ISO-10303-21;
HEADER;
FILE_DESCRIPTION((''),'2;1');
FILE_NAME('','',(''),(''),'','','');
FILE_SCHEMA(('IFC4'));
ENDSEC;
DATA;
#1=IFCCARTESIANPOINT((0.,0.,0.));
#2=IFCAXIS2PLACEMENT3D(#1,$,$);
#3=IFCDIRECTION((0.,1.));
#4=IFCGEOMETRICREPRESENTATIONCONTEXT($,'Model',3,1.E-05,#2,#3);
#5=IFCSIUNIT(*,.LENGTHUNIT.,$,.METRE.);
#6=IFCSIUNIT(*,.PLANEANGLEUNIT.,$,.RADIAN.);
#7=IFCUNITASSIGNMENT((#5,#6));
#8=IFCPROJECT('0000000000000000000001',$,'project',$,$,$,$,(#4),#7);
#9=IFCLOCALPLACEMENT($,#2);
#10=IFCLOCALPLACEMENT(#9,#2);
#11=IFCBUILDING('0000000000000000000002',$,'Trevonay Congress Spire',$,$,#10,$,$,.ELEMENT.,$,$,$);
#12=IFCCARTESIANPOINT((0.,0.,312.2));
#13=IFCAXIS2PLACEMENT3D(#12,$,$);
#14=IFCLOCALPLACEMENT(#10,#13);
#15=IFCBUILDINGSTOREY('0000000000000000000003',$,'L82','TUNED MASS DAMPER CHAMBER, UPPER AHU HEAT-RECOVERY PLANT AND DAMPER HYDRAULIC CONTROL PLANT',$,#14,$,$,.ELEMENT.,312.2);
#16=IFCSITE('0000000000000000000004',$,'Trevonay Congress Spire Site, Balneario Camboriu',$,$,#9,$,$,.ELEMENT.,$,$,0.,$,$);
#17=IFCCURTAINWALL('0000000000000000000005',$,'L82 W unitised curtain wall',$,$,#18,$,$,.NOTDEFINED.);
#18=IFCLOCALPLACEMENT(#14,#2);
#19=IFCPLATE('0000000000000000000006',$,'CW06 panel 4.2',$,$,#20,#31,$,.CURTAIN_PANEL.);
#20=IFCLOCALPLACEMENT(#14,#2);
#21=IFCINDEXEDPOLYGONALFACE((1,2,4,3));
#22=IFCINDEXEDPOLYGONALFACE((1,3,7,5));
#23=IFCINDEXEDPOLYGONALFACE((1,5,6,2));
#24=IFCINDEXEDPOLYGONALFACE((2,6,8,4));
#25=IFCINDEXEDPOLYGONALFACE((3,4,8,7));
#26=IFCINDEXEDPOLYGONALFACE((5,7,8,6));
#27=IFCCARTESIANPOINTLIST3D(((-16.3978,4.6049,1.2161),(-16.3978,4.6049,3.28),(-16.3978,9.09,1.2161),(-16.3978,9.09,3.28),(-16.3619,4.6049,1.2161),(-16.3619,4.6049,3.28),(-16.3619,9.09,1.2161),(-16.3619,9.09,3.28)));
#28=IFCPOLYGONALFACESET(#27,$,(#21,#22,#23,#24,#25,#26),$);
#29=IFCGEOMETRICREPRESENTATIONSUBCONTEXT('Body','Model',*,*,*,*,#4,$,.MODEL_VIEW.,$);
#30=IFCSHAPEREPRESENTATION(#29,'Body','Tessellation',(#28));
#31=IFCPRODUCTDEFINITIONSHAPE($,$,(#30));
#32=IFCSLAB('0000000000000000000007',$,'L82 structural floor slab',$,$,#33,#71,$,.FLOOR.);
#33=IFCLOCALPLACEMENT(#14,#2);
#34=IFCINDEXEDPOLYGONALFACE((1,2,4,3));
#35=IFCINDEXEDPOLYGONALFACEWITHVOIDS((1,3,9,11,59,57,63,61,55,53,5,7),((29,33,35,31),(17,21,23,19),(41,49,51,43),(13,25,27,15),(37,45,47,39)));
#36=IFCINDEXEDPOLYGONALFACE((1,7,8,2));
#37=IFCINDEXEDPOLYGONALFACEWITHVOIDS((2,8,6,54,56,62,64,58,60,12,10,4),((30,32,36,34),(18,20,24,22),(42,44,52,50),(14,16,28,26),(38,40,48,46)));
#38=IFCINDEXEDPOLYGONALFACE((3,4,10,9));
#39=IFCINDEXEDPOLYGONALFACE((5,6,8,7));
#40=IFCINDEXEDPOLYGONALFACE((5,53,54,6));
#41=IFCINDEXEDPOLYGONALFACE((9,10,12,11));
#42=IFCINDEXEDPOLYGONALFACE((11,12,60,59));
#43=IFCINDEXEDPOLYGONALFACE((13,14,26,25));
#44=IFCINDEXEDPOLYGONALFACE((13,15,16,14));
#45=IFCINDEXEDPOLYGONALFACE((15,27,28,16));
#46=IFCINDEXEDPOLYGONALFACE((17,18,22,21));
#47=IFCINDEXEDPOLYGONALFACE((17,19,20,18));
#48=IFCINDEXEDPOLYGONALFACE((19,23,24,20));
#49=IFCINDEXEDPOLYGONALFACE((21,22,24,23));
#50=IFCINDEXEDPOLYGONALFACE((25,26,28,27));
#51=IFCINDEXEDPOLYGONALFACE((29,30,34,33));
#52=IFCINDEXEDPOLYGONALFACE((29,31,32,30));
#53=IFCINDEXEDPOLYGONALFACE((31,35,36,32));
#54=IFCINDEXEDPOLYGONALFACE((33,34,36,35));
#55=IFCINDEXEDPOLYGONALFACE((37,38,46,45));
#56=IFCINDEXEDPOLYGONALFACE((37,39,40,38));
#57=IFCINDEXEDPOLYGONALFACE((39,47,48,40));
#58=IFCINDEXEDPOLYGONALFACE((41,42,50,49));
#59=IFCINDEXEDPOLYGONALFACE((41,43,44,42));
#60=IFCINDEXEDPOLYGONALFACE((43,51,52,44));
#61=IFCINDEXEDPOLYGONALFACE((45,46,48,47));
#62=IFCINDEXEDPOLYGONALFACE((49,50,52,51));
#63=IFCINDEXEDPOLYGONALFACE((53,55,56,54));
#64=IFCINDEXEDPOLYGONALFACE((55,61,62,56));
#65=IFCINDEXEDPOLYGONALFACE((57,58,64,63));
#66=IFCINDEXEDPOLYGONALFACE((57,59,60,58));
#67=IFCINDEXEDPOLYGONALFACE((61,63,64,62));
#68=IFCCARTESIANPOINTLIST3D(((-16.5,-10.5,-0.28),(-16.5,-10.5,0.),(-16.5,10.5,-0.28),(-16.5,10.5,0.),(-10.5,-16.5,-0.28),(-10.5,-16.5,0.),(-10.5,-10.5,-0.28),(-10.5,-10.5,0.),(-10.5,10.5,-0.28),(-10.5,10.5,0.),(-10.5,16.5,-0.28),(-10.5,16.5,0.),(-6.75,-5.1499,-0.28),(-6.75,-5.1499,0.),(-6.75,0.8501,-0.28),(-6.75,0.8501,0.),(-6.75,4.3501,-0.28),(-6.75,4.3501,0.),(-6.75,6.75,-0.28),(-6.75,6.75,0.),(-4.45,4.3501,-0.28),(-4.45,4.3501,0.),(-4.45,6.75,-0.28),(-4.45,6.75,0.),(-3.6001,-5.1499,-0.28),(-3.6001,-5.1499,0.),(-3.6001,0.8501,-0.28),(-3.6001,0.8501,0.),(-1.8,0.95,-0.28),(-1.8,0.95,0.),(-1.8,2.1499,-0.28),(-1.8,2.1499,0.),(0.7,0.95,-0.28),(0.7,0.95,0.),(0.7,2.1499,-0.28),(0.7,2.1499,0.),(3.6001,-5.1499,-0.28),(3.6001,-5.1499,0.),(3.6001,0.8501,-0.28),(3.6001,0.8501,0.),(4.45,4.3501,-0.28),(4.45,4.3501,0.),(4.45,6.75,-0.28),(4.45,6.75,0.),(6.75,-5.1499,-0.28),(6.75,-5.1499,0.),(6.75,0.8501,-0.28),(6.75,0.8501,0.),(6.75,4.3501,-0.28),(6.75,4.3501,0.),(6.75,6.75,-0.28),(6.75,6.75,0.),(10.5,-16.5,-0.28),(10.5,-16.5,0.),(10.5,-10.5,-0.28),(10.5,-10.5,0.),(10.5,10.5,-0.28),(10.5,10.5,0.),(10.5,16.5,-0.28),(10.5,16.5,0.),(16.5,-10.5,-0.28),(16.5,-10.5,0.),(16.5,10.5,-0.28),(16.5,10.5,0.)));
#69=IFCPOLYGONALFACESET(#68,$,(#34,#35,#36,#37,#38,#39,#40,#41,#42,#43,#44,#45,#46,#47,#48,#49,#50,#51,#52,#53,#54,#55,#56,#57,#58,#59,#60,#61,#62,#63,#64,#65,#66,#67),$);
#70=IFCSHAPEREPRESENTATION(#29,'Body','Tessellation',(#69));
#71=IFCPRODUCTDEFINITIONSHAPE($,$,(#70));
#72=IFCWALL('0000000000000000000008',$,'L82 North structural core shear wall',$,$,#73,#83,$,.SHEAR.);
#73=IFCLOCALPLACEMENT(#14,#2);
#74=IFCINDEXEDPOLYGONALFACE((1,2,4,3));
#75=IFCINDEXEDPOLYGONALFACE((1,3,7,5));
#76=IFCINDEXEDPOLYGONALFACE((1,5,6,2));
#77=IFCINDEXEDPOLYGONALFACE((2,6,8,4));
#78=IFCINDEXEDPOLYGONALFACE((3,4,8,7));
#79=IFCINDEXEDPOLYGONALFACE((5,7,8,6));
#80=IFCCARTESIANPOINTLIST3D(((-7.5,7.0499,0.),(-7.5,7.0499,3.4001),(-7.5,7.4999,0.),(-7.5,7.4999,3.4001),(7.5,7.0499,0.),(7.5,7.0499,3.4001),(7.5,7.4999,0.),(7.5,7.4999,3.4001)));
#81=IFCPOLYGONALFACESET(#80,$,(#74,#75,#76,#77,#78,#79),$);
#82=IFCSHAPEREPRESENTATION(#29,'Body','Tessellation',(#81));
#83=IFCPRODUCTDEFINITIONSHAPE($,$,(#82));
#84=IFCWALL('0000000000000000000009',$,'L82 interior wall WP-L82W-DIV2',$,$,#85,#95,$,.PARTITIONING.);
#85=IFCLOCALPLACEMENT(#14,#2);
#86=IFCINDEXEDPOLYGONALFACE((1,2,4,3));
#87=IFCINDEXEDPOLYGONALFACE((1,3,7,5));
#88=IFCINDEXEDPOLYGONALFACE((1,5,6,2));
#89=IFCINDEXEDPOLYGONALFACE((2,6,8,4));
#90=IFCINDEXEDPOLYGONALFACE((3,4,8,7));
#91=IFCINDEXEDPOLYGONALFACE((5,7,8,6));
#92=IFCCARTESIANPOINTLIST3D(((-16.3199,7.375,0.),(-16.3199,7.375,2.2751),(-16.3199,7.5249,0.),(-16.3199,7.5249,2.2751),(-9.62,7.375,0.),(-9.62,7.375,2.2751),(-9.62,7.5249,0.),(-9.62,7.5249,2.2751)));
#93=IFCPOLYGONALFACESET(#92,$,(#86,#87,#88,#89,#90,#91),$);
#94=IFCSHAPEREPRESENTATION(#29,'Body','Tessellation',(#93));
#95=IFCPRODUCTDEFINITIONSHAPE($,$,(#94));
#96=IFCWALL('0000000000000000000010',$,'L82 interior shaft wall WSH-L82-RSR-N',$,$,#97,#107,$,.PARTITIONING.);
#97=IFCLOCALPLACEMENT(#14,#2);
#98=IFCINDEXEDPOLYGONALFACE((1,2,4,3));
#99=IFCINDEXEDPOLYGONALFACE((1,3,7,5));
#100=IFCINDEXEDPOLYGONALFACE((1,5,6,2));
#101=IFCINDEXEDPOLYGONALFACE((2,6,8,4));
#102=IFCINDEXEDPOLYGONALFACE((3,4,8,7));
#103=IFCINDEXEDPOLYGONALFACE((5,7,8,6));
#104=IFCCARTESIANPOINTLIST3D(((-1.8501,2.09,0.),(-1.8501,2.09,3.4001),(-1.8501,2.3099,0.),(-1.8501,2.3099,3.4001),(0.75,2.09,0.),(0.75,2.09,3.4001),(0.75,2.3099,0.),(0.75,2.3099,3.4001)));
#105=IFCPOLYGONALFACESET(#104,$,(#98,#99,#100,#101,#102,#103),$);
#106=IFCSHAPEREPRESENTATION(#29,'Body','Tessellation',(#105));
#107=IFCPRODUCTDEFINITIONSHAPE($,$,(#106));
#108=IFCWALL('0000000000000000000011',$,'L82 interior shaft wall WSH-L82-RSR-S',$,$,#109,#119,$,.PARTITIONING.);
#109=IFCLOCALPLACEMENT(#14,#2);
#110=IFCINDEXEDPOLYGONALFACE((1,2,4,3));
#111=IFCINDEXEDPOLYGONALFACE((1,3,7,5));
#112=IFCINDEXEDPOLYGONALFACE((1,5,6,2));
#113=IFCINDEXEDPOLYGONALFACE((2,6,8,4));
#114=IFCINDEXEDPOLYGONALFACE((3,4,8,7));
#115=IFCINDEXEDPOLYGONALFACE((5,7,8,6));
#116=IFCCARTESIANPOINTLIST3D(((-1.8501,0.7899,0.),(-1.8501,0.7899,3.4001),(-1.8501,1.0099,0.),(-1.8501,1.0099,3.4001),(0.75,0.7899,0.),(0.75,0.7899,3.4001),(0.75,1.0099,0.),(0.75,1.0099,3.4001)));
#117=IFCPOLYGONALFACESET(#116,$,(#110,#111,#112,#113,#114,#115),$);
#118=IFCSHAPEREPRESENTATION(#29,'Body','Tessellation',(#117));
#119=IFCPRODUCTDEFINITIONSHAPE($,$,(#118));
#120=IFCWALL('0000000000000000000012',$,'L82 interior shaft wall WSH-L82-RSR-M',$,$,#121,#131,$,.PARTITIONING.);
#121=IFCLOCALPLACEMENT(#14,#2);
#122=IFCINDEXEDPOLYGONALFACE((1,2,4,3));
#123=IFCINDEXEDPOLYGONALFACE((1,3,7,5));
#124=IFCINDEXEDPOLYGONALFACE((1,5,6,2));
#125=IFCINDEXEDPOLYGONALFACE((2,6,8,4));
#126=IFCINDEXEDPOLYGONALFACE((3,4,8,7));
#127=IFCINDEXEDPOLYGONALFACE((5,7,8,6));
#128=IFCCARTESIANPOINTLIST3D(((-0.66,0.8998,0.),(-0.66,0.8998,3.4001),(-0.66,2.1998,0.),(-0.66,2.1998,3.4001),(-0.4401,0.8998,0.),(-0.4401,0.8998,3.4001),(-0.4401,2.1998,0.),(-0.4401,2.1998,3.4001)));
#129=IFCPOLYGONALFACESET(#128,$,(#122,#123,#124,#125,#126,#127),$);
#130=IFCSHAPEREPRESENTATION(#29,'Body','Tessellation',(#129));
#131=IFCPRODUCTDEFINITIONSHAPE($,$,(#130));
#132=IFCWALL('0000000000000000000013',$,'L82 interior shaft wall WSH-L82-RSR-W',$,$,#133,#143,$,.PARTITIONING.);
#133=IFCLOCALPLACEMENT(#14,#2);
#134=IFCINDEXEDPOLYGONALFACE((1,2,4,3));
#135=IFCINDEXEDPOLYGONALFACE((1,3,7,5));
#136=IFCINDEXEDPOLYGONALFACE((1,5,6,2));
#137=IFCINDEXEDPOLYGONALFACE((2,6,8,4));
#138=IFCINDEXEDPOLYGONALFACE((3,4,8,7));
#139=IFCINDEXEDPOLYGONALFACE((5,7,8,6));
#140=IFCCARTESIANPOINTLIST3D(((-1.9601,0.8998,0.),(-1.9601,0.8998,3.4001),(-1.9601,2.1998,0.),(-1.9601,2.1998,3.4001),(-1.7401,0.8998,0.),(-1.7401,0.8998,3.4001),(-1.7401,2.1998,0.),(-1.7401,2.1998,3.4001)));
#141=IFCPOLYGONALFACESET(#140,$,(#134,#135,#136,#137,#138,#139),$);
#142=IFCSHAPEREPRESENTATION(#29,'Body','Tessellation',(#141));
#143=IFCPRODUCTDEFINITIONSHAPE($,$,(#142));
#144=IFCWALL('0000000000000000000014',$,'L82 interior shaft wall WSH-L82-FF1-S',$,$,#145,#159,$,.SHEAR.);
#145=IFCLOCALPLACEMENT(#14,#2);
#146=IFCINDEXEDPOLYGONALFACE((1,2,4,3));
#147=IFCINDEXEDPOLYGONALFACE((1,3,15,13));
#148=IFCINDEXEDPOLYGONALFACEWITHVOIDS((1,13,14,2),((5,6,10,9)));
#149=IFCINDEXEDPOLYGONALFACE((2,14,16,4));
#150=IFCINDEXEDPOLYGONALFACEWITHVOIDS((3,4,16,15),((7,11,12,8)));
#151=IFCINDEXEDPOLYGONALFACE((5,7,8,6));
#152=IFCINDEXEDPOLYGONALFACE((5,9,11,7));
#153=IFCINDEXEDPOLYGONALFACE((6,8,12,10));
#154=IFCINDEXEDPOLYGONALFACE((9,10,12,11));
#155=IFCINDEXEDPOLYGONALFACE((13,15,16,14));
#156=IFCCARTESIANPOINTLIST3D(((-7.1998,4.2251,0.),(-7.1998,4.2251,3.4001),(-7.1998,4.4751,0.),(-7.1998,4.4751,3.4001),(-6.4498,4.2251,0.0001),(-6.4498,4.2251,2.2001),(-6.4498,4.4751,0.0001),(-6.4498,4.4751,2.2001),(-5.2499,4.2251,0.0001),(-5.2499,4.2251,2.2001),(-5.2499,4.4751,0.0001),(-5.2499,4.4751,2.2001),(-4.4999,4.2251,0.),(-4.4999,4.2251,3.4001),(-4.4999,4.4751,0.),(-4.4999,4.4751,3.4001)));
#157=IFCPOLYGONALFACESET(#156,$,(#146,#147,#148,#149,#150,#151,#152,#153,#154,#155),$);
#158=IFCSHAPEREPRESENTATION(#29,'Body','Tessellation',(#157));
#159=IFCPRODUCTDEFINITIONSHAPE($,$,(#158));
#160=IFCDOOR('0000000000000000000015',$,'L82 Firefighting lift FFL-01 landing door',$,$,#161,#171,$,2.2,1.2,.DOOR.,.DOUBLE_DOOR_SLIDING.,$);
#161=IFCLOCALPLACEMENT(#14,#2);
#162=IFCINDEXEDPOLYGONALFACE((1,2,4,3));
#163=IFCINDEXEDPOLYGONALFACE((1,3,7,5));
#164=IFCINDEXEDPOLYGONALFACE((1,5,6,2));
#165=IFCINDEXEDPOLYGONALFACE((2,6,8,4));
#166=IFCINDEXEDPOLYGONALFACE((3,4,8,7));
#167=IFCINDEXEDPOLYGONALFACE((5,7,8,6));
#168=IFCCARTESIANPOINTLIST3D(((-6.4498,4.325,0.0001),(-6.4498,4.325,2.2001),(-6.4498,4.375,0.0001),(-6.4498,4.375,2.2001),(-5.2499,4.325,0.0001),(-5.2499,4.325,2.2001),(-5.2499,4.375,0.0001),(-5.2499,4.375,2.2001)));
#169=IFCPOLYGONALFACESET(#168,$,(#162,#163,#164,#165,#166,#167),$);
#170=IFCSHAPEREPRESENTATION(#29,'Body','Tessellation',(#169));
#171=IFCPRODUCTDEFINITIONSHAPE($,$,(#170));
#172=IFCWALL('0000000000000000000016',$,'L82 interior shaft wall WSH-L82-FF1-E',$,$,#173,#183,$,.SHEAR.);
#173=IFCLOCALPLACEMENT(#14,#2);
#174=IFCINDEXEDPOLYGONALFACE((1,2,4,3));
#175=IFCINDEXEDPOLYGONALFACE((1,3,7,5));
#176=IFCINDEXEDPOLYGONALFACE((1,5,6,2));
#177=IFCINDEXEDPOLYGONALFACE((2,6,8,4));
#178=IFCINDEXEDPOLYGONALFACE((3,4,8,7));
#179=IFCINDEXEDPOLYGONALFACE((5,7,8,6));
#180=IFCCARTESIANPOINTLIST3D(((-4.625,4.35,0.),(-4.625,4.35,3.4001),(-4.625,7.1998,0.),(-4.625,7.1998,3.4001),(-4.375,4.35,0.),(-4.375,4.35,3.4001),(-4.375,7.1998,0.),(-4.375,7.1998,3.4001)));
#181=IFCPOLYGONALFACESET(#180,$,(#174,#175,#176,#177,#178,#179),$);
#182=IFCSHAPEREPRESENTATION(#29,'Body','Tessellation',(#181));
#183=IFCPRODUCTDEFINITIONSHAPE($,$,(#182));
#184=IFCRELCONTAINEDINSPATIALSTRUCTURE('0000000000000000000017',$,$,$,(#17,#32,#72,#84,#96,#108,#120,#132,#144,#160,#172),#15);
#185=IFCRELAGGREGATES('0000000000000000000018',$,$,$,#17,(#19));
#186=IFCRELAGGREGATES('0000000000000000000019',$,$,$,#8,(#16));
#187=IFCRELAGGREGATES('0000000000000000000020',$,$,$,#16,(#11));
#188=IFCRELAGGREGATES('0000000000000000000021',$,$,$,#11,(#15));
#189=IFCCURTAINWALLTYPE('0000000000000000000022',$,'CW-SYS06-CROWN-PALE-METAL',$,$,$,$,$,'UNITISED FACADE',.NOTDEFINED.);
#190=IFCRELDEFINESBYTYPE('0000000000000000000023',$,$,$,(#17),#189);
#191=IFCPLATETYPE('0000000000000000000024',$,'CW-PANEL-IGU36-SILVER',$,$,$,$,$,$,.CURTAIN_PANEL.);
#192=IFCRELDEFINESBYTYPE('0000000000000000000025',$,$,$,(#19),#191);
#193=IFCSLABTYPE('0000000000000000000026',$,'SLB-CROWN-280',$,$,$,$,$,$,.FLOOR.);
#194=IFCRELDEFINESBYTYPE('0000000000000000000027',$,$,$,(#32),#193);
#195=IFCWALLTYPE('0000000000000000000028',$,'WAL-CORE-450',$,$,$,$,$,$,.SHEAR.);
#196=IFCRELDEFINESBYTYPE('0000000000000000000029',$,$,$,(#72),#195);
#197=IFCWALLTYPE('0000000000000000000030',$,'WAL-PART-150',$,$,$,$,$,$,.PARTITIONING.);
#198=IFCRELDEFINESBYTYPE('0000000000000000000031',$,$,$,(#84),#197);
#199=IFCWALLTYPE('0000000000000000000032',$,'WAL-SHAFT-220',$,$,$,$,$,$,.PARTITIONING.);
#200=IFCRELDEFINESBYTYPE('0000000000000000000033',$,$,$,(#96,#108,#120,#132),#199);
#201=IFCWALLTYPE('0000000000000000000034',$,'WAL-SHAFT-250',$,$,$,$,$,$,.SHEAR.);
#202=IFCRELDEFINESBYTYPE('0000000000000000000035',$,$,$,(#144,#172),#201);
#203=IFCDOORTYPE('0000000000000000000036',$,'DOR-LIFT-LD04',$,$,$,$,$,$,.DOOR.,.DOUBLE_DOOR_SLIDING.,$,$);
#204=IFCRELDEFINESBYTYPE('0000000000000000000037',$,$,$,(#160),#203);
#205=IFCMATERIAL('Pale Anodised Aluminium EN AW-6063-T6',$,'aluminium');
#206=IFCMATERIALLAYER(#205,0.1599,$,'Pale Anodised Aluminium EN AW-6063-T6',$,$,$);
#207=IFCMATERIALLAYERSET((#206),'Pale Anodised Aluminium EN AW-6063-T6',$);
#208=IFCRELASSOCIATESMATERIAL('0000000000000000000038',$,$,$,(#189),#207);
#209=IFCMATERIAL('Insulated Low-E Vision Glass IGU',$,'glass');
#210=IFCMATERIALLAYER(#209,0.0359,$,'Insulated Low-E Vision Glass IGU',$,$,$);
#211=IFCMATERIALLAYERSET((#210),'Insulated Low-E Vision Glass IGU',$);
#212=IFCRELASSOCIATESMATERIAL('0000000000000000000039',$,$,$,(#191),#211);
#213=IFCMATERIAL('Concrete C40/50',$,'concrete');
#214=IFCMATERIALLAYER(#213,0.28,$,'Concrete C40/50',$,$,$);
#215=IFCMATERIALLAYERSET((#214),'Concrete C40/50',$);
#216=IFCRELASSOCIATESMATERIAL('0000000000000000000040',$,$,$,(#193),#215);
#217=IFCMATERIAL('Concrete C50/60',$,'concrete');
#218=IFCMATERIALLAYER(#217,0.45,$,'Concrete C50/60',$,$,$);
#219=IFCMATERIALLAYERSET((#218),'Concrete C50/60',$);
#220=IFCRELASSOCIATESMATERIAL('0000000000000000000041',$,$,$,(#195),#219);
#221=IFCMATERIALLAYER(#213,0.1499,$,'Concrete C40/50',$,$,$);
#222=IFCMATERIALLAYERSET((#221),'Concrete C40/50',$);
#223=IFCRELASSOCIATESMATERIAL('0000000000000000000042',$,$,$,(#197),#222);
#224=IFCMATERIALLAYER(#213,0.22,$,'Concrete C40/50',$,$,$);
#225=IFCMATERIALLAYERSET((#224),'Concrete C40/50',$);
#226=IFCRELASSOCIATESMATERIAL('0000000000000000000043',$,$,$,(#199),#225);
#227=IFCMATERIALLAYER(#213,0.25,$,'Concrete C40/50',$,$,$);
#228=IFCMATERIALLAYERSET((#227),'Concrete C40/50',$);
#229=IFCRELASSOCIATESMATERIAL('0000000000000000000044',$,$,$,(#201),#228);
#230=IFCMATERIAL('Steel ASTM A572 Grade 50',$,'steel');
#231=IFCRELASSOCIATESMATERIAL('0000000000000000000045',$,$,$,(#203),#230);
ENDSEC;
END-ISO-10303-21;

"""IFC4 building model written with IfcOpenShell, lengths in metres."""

from ifc_helpers import new_model, si_unit, direction, frame, frame_2d, origin, origin_2d, place, context, subcontext, project, spatial, polyline, rectangle, outline, extrude, material, layer, layer_set, type_object, element, fill, aggregate, save


model = new_model("IFC4")

# Units and contexts
model_context = context("Model", 3, precision=1e-05, world=origin(), true_north=direction((0.0, 1.0)))
body_context = subcontext(model_context, "Body", "Model", "MODEL_VIEW")
ifc_project = project(units=[si_unit("LENGTHUNIT", "METRE"), si_unit("PLANEANGLEUNIT", "RADIAN")], contexts=[model_context])

# Site, building, storey
site_placement = place(None, origin())
site = spatial("IfcSite", under=ifc_project, at=site_placement, Name="Trevonay Congress Spire Site, Balneario Camboriu", CompositionType="ELEMENT", RefElevation=0.0)
building_placement = place(site_placement, origin())
building = spatial("IfcBuilding", under=site, at=building_placement, Name="Trevonay Congress Spire", CompositionType="ELEMENT")
storey_placement = place(building_placement, frame((0.0, 0.0, 312.2)))
storey = spatial("IfcBuildingStorey", under=building, at=storey_placement, Name="L82", Description="TUNED MASS DAMPER CHAMBER, UPPER AHU HEAT-RECOVERY PLANT AND DAMPER HYDRAULIC CONTROL PLANT", CompositionType="ELEMENT", Elevation=312.2)

# Shared definitions
ifc_material_1 = material(Name="Steel ASTM A572 Grade 50", Category="steel")

# Curtain wall
ifc_material_2 = material(Name="Pale Anodised Aluminium EN AW-6063-T6", Category="aluminium")
ifc_layer_1 = layer(ifc_material_2, 0.1599, Name="Pale Anodised Aluminium EN AW-6063-T6")
ifc_layer_set_1 = layer_set([ifc_layer_1], Name="Pale Anodised Aluminium EN AW-6063-T6")
curtain_wall_type = type_object("IfcCurtainWallType", Name="CW-SYS06-CROWN-PALE-METAL", ElementType="UNITISED FACADE", PredefinedType="NOTDEFINED", material=ifc_layer_set_1)
curtain_wall_placement = place(storey_placement, origin())
curtain_wall = element("IfcCurtainWall", 1, at=curtain_wall_placement, inside=storey, type_object=curtain_wall_type, Name="L82 W unitised curtain wall", PredefinedType="NOTDEFINED")

# Plate
ifc_material_3 = material(Name="Insulated Low-E Vision Glass IGU", Category="glass")
ifc_layer_2 = layer(ifc_material_3, 0.0359, Name="Insulated Low-E Vision Glass IGU")
ifc_layer_set_2 = layer_set([ifc_layer_2], Name="Insulated Low-E Vision Glass IGU")
plate_type = type_object("IfcPlateType", Name="CW-PANEL-IGU36-SILVER", PredefinedType="CURTAIN_PANEL", material=ifc_layer_set_2)
plate_1_placement = place(storey_placement, frame((-16.3799, 6.8474, 1.2161), z_axis=(0.0, 0.0, 1.0), x_axis=(0.0, 1.0, 0.0)))
plate_1 = element("IfcPlate", 2, at=plate_1_placement, type_object=plate_type, Name="CW06 panel 4.2", PredefinedType="CURTAIN_PANEL", context=body_context, shape_type="SweptSolid", body=[
    extrude(rectangle(XDim=4.4851, YDim=0.0359, at=origin_2d()), origin(), (0.0, 0.0, 1.0), 2.064),
])
aggregate(curtain_wall, [plate_1])

# Slab
ifc_material_4 = material(Name="Concrete C40/50", Category="concrete")
ifc_layer_3 = layer(ifc_material_4, 0.28, Name="Concrete C40/50")
ifc_layer_set_3 = layer_set([ifc_layer_3], Name="Concrete C40/50")
slab_type = type_object("IfcSlabType", Name="SLB-CROWN-280", PredefinedType="FLOOR", material=ifc_layer_set_3)
slab_placement = place(storey_placement, frame((0.0, 0.0, -0.28)))
element("IfcSlab", 3, at=slab_placement, inside=storey, type_object=slab_type, Name="L82 structural floor slab", PredefinedType="FLOOR", context=body_context, shape_type="SweptSolid", body=[
    extrude(outline(polyline([(-10.5, -16.5), (10.5, -16.5), (10.5, -10.5), (16.5, -10.5), (16.5, 10.5), (10.5, 10.5), (10.5, 16.5), (-10.5, 16.5), (-10.5, 10.5), (-16.5, 10.5), (-16.5, -10.5), (-10.5, -10.5), (-10.5, -16.5)]), holes=[polyline([(-3.6001, -5.1499), (-3.6001, 0.8501), (-6.75, 0.8501), (-6.75, -5.1499), (-3.6001, -5.1499)]), polyline([(6.75, -5.1499), (6.75, 0.8501), (3.6001, 0.8501), (3.6001, -5.1499), (6.75, -5.1499)]), polyline([(-6.75, 4.3501), (-4.45, 4.3501), (-4.45, 6.75), (-6.75, 6.75), (-6.75, 4.3501)]), polyline([(4.45, 4.3501), (6.75, 4.3501), (6.75, 6.75), (4.45, 6.75), (4.45, 4.3501)]), polyline([(-1.8, 0.95), (0.7, 0.95), (0.7, 2.1499), (-1.8, 2.1499), (-1.8, 0.95)])]), origin(), (0.0, 0.0, 1.0), 0.28),
])

# Walls
ifc_material_5 = material(Name="Concrete C50/60", Category="concrete")
ifc_layer_4 = layer(ifc_material_5, 0.45, Name="Concrete C50/60")
ifc_layer_set_4 = layer_set([ifc_layer_4], Name="Concrete C50/60")
wall_type_1 = type_object("IfcWallType", Name="WAL-CORE-450", PredefinedType="SHEAR", material=ifc_layer_set_4)
wall_1_placement = place(storey_placement, frame((-7.5, 7.2749, 0.0), z_axis=(0.0, 0.0, 1.0), x_axis=(1.0, 0.0, 0.0)))
element("IfcWall", 4, at=wall_1_placement, inside=storey, type_object=wall_type_1, Name="L82 North structural core shear wall", PredefinedType="SHEAR", context=body_context, shape_type="SweptSolid", body=[
    extrude(rectangle(XDim=15.0, YDim=0.45, at=frame_2d((7.5, 0.0))), origin(), (0.0, 0.0, 1.0), 3.4001),
])
ifc_layer_5 = layer(ifc_material_4, 0.1499, Name="Concrete C40/50")
ifc_layer_set_5 = layer_set([ifc_layer_5], Name="Concrete C40/50")
wall_type_2 = type_object("IfcWallType", Name="WAL-PART-150", PredefinedType="PARTITIONING", material=ifc_layer_set_5)
wall_2_placement = place(storey_placement, frame((-16.3201, 7.45, 0.0), z_axis=(0.0, 0.0, 1.0), x_axis=(1.0, 0.0, 0.0)))
element("IfcWall", 5, at=wall_2_placement, inside=storey, type_object=wall_type_2, Name="L82 interior wall WP-L82W-DIV2", PredefinedType="PARTITIONING", context=body_context, shape_type="SweptSolid", body=[
    extrude(rectangle(XDim=6.7, YDim=0.1499, at=frame_2d((3.3501, 0.0))), origin(), (0.0, 0.0, 1.0), 2.2751),
])
ifc_layer_6 = layer(ifc_material_4, 0.22, Name="Concrete C40/50")
ifc_layer_set_6 = layer_set([ifc_layer_6], Name="Concrete C40/50")
wall_type_3 = type_object("IfcWallType", Name="WAL-SHAFT-220", PredefinedType="PARTITIONING", material=ifc_layer_set_6)
for number, where, z_axis, x_axis, name in (
    (6, (-1.8501, 2.2, 0.0), (0.0, 0.0, 1.0), (1.0, 0.0, 0.0), "L82 interior shaft wall WSH-L82-RSR-N"),
    (7, (-1.8501, 0.8999, 0.0), (0.0, 0.0, 1.0), (1.0, 0.0, 0.0), "L82 interior shaft wall WSH-L82-RSR-S"),
):
    element("IfcWall", number, at=place(storey_placement, frame(where, z_axis=z_axis, x_axis=x_axis)), inside=storey, type_object=wall_type_3, Name=name, PredefinedType="PARTITIONING", context=body_context, shape_type="SweptSolid", body=[
        extrude(rectangle(XDim=2.6001, YDim=0.22, at=frame_2d((1.3, 0.0))), origin(), (0.0, 0.0, 1.0), 3.4001),
    ])
for number, where, z_axis, x_axis, name in (
    (8, (-0.55, 0.8999, 0.0), (0.0, 0.0, 1.0), (0.0, 1.0, 0.0), "L82 interior shaft wall WSH-L82-RSR-M"),
    (9, (-1.8501, 0.8999, 0.0), (0.0, 0.0, 1.0), (0.0, 1.0, 0.0), "L82 interior shaft wall WSH-L82-RSR-W"),
):
    element("IfcWall", number, at=place(storey_placement, frame(where, z_axis=z_axis, x_axis=x_axis)), inside=storey, type_object=wall_type_3, Name=name, PredefinedType="PARTITIONING", context=body_context, shape_type="SweptSolid", body=[
        extrude(rectangle(XDim=1.3, YDim=0.22, at=frame_2d((0.6499, 0.0))), origin(), (0.0, 0.0, 1.0), 3.4001),
    ])

# Wall, opening, door
ifc_layer_7 = layer(ifc_material_4, 0.25, Name="Concrete C40/50")
ifc_layer_set_7 = layer_set([ifc_layer_7], Name="Concrete C40/50")
wall_type_4 = type_object("IfcWallType", Name="WAL-SHAFT-250", PredefinedType="SHEAR", material=ifc_layer_set_7)
wall_3_placement = place(storey_placement, frame((-7.2, 4.3501, 0.0), z_axis=(0.0, 0.0, 1.0), x_axis=(1.0, 0.0, 0.0)))
wall_3 = element("IfcWall", 10, at=wall_3_placement, inside=storey, type_object=wall_type_4, Name="L82 interior shaft wall WSH-L82-FF1-S", PredefinedType="SHEAR", context=body_context, shape_type="SweptSolid", body=[
    extrude(rectangle(XDim=2.7, YDim=0.25, at=frame_2d((1.3501, 0.0))), origin(), (0.0, 0.0, 1.0), 3.4001),
])
opening_1_placement = place(wall_3_placement, frame((0.75, 0.0, 0.0)))
opening_1 = element("IfcOpeningElement", 11, at=opening_1_placement, cuts=wall_3, PredefinedType="OPENING", context=body_context, shape_type="SweptSolid", body=[
    extrude(rectangle(XDim=1.2, YDim=2.2, at=frame_2d((0.6001, 1.1001))), frame((0.0, 0.135, 0.0), z_axis=(0.0, -1.0, 0.0), x_axis=(1.0, 0.0, 0.0)), (0.0, 0.0, 1.0), 0.27),
])
door_type_1 = type_object("IfcDoorType", Name="DOR-LIFT-LD04", OperationType="DOUBLE_DOOR_SLIDING", PredefinedType="DOOR", material=ifc_material_1)
door_1_placement = place(opening_1_placement, origin())
door_1 = element("IfcDoor", 12, at=door_1_placement, inside=storey, type_object=door_type_1, Name="L82 Firefighting lift FFL-01 landing door", OperationType="DOUBLE_DOOR_SLIDING", OverallHeight=2.2, OverallWidth=1.2, PredefinedType="DOOR", context=body_context, shape_type="SweptSolid", body=[
    extrude(rectangle(XDim=1.2, YDim=2.2, at=frame_2d((0.6001, 1.1001))), frame((0.0, 0.0249, 0.0), z_axis=(0.0, -1.0, 0.0), x_axis=(1.0, 0.0, 0.0)), (0.0, 0.0, 1.0), 0.05),
])
fill(opening_1, door_1)

# Wall
wall_4_placement = place(storey_placement, frame((-4.5, 4.3501, 0.0), z_axis=(0.0, 0.0, 1.0), x_axis=(0.0, 1.0, 0.0)))
element("IfcWall", 13, at=wall_4_placement, inside=storey, type_object=wall_type_4, Name="L82 interior shaft wall WSH-L82-FF1-E", PredefinedType="SHEAR", context=body_context, shape_type="SweptSolid", body=[
    extrude(rectangle(XDim=2.8499, YDim=0.25, at=frame_2d((1.4248, 0.0))), origin(), (0.0, 0.0, 1.0), 3.4001),
])

save(model, "model.ifc")
